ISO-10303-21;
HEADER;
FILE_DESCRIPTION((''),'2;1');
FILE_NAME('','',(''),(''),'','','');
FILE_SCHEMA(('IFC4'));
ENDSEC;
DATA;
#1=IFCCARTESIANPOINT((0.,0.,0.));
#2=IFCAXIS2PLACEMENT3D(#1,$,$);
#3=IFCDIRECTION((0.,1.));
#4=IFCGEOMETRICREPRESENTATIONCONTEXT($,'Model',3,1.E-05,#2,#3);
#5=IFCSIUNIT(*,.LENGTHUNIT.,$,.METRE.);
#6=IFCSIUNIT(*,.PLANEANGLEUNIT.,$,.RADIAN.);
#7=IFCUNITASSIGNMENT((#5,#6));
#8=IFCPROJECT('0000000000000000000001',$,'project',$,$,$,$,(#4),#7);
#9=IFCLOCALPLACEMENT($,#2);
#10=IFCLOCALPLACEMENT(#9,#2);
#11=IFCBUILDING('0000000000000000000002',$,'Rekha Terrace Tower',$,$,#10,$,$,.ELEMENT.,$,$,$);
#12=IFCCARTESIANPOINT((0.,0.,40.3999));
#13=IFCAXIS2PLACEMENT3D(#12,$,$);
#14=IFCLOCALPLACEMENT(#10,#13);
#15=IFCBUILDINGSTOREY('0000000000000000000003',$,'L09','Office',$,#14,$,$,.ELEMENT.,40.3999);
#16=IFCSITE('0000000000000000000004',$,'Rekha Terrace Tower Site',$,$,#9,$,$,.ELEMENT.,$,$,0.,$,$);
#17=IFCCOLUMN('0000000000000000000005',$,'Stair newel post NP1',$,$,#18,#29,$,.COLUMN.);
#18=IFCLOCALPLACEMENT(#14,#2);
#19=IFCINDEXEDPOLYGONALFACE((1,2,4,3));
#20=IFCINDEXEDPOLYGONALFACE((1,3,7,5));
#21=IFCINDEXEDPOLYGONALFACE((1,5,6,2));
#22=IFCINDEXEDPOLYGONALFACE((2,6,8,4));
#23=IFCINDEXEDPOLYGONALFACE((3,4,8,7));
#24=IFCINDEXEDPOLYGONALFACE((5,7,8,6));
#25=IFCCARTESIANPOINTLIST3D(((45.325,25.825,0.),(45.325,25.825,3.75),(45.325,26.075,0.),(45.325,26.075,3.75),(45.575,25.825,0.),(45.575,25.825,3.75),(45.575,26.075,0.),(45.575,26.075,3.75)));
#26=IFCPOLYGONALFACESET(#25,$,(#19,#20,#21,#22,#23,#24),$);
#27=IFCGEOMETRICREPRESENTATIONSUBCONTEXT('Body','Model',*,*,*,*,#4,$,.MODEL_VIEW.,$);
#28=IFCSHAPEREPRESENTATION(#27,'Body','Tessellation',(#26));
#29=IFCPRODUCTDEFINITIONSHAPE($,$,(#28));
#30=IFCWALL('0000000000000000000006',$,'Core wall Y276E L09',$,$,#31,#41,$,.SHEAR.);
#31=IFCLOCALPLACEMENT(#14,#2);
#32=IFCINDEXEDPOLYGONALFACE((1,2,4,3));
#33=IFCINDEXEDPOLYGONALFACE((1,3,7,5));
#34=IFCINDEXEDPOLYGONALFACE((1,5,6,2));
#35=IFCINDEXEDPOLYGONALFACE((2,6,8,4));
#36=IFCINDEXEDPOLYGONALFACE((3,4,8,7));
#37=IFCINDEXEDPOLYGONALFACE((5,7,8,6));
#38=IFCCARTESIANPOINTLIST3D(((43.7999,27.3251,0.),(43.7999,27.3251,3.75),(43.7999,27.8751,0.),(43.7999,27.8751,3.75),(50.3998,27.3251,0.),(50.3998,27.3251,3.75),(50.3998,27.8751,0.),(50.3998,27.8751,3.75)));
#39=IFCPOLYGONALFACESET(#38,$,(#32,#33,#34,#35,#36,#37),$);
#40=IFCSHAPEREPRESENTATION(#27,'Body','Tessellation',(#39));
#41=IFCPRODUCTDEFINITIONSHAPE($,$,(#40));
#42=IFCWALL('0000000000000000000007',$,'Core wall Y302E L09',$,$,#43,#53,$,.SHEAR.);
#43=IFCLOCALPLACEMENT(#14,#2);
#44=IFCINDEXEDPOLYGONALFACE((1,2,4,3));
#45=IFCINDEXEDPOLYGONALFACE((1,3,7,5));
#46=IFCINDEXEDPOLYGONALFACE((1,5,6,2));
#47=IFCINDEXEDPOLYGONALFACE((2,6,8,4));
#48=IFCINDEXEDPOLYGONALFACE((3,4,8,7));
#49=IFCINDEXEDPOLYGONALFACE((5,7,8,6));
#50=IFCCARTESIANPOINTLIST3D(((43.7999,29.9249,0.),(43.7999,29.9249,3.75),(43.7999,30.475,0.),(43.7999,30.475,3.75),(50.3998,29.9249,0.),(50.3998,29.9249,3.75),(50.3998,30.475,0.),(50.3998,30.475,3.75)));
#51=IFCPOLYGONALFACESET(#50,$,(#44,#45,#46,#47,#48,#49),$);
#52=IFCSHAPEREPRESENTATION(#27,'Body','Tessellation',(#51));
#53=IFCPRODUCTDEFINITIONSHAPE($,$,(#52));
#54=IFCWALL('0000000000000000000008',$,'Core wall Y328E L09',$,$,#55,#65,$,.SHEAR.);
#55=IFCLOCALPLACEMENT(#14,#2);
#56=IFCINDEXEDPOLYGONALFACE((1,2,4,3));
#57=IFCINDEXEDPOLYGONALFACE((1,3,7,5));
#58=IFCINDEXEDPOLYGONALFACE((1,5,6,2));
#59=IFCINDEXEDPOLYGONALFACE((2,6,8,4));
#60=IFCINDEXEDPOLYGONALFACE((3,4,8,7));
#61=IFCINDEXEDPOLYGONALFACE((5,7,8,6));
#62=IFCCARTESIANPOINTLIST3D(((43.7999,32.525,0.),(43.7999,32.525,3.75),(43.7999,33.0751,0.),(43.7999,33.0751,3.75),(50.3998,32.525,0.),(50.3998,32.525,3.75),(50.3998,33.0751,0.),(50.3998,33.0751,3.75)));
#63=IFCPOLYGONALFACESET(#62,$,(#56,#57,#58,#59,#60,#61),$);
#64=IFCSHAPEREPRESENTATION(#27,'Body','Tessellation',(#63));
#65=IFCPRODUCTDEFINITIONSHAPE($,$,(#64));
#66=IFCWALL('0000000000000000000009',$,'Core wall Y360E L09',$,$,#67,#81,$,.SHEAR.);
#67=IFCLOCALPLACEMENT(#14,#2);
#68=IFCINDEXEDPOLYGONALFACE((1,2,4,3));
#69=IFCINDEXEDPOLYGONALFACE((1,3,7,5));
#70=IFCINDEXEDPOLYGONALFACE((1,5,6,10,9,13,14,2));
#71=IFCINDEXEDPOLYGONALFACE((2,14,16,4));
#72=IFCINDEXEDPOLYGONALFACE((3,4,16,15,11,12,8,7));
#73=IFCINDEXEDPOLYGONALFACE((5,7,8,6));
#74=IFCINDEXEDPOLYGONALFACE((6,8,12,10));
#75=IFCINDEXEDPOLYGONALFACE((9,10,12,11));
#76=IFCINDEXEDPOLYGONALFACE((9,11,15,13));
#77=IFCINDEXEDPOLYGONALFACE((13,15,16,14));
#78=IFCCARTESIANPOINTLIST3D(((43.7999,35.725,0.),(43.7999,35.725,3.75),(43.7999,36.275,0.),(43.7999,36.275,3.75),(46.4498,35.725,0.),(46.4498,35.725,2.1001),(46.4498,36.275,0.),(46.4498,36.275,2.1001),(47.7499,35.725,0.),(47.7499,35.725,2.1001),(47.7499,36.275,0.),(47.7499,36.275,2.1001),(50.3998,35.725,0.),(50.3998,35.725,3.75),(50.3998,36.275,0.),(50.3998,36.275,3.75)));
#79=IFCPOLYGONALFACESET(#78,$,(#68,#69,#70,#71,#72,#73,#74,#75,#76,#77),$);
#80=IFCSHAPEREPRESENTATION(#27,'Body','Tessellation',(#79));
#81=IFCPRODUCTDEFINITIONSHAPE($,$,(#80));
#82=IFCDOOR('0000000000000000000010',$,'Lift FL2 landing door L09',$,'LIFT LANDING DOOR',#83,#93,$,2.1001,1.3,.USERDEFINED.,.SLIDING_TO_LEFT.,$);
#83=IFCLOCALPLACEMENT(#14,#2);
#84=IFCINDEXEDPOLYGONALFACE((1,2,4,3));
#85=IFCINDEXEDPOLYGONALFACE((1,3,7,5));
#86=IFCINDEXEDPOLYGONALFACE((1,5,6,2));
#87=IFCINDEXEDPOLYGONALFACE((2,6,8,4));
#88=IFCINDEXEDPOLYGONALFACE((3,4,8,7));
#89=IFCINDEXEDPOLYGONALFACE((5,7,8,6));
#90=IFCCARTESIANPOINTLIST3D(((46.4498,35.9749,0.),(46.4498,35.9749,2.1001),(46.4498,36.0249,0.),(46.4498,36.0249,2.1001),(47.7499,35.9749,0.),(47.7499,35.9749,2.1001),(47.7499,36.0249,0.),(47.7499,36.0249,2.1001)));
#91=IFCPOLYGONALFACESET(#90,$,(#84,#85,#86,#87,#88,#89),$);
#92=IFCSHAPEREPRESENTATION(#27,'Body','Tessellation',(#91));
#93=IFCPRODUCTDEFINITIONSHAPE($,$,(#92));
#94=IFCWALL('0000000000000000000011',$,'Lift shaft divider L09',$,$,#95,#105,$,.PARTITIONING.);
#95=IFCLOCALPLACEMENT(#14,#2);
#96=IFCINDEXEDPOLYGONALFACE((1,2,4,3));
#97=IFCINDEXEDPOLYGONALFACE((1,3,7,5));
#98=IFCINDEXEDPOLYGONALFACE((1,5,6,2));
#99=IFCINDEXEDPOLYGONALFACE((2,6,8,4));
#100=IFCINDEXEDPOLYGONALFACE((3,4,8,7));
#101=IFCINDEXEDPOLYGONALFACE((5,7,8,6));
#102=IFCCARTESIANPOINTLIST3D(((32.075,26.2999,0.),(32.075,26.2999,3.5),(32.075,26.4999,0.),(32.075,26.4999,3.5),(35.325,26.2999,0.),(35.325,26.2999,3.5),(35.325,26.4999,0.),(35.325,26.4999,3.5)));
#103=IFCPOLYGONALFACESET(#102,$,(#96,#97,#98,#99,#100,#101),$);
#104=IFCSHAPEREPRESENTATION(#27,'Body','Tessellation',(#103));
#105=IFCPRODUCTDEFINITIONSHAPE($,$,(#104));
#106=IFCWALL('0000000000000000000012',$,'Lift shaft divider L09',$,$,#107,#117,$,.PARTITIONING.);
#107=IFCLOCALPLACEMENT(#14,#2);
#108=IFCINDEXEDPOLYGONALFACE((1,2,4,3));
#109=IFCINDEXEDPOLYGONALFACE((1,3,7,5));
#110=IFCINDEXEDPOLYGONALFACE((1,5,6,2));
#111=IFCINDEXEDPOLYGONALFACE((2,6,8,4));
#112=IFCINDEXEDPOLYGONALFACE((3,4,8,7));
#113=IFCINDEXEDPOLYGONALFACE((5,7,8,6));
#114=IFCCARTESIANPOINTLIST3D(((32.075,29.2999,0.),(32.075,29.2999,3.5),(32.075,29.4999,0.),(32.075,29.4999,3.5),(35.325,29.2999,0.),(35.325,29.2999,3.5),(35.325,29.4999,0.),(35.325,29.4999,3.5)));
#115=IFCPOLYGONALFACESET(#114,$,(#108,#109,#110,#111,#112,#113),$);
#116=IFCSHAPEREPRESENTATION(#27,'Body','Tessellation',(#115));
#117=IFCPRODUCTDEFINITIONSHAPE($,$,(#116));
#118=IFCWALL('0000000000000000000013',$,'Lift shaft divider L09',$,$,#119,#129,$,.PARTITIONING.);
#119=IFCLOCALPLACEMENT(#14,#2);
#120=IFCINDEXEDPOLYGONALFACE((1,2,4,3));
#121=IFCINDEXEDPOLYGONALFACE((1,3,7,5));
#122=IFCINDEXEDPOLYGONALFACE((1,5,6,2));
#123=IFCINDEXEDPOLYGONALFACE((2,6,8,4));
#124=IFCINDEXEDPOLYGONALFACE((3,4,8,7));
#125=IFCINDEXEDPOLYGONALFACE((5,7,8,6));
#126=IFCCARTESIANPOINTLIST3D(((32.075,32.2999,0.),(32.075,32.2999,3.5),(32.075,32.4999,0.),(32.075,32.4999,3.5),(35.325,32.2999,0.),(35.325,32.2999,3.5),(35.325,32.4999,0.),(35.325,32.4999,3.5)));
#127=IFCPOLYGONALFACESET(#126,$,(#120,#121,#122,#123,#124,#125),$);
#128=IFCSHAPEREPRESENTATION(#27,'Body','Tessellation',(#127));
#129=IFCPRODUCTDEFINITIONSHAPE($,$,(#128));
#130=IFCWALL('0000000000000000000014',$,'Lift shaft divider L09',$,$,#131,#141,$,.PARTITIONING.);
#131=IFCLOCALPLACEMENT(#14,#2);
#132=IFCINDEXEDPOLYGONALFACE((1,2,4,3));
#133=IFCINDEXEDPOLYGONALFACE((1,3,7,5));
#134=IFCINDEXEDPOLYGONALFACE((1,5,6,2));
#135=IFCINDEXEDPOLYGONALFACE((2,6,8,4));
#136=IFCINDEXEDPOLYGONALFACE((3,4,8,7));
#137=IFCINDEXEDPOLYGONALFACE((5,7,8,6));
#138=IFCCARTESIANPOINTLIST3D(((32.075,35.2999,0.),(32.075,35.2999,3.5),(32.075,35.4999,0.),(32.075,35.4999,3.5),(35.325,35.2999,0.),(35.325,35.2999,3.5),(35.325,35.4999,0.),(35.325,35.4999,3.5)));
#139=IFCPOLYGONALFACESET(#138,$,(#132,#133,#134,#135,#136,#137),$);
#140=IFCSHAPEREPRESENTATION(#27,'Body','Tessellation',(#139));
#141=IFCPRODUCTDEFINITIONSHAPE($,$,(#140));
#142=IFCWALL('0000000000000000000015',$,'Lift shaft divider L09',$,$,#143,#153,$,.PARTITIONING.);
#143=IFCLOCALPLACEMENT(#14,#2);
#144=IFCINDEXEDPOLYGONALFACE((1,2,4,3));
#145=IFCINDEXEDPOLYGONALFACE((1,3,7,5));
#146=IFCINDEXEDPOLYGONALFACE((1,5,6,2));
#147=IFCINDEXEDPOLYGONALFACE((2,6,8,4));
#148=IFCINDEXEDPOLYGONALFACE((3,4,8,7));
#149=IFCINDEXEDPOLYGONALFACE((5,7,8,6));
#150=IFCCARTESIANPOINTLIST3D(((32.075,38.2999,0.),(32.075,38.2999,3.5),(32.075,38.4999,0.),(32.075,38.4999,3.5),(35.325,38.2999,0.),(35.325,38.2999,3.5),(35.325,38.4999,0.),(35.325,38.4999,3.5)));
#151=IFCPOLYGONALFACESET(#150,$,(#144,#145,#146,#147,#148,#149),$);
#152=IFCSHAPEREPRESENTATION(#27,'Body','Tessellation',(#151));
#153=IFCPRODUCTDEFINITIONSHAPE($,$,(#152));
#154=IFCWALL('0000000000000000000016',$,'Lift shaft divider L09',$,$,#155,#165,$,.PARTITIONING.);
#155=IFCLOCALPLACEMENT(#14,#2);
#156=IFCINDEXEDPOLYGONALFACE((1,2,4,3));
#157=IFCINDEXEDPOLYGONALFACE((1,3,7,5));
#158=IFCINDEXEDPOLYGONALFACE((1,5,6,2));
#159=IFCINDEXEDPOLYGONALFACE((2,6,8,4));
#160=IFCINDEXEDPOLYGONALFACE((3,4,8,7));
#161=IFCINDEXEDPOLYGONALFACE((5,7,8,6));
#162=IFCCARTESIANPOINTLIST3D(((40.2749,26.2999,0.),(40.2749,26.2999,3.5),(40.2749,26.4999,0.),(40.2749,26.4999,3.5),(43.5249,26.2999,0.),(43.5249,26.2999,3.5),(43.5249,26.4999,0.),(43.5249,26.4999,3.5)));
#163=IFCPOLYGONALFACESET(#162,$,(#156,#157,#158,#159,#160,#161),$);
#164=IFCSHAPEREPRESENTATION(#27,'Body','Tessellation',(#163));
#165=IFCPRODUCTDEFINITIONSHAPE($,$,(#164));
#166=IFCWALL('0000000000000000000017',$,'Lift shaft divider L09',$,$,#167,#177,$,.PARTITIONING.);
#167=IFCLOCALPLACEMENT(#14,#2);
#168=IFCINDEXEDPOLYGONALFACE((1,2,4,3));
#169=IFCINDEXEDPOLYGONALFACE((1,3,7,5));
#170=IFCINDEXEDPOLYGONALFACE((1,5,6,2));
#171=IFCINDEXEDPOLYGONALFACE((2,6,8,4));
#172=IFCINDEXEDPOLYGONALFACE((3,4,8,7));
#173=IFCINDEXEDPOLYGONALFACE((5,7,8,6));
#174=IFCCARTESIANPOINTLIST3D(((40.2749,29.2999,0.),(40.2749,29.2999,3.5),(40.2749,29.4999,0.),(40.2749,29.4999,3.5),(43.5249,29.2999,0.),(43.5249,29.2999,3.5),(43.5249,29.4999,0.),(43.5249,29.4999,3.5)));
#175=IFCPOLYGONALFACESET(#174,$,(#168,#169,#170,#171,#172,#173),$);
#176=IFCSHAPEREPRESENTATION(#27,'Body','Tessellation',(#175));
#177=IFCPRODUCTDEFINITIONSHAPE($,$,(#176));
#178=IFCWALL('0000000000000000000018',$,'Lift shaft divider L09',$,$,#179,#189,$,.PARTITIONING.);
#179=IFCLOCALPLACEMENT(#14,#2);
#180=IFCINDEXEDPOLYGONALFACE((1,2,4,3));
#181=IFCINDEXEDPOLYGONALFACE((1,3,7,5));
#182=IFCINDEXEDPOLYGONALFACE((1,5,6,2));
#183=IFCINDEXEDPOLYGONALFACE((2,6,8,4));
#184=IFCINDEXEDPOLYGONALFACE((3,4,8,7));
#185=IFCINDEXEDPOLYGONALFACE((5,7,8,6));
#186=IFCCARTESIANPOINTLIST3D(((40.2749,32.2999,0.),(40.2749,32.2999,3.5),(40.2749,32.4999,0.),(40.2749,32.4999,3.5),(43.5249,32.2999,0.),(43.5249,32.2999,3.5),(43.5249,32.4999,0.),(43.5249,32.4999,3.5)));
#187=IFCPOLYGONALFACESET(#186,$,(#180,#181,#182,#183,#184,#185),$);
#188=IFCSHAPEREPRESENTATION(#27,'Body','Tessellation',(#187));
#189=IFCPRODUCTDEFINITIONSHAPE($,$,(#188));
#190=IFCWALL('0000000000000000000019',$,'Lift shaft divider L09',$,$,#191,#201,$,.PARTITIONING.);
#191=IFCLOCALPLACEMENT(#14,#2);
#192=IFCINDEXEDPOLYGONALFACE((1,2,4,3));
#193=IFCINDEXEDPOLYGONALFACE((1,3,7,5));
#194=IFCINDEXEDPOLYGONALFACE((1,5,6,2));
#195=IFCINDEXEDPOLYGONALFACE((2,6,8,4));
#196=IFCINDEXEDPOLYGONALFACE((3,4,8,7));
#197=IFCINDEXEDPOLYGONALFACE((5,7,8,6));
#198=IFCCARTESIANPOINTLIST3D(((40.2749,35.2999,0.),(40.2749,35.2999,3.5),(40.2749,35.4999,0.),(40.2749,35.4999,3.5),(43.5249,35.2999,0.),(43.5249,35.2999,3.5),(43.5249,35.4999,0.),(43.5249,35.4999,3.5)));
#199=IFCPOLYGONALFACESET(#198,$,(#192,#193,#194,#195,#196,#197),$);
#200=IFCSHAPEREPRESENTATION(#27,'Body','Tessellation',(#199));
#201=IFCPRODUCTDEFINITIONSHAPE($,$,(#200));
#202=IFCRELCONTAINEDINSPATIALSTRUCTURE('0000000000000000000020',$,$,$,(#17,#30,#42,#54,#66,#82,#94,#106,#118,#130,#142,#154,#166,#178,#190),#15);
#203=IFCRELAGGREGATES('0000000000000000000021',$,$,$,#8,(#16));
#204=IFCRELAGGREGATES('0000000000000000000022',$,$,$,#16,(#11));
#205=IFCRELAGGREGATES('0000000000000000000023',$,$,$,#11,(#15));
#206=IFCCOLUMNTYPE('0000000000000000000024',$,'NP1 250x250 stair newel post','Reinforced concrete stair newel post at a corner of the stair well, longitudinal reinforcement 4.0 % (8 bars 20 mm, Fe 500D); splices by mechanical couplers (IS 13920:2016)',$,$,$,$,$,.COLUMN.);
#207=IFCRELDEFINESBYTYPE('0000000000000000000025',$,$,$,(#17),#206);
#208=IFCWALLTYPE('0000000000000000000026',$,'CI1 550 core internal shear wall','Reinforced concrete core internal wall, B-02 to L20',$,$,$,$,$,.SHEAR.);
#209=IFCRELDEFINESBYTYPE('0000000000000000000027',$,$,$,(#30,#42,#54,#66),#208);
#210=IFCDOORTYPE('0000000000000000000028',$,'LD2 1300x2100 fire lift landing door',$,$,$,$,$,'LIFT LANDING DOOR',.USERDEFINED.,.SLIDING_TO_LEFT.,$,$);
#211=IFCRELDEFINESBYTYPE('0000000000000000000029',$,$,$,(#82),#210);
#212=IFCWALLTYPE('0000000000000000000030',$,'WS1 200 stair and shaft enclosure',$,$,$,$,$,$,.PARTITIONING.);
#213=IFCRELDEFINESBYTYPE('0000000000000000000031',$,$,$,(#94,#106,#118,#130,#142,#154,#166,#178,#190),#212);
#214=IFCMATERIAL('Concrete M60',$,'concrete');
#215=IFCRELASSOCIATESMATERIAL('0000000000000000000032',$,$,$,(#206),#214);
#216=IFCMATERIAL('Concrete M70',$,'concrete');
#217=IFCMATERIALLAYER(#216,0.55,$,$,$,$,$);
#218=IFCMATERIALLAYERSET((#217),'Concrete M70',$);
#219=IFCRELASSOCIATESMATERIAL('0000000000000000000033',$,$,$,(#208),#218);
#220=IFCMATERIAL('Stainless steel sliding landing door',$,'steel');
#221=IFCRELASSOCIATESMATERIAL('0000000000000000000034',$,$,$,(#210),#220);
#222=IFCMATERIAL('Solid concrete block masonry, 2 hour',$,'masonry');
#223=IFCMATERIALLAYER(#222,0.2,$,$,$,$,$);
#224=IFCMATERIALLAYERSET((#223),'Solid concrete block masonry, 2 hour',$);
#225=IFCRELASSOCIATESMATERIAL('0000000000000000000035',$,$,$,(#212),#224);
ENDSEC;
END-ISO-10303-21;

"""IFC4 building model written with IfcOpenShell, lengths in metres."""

from ifc_helpers import new_model, si_unit, direction, frame, frame_2d, origin, origin_2d, place, context, subcontext, project, spatial, rectangle, extrude, material, layer, layer_set, material_profile, profile_set, type_object, element, fill, save


model = new_model("IFC4")

# Units and contexts
model_context = context("Model", 3, precision=1e-05, world=origin(), true_north=direction((0.0, 1.0)))
body_context = subcontext(model_context, "Body", "Model", "MODEL_VIEW")
ifc_project = project(units=[si_unit("LENGTHUNIT", "METRE"), si_unit("PLANEANGLEUNIT", "RADIAN")], contexts=[model_context])

# Site, building, storey
site_placement = place(None, origin())
site = spatial("IfcSite", under=ifc_project, at=site_placement, Name="Rekha Terrace Tower Site", CompositionType="ELEMENT", RefElevation=0.0)
building_placement = place(site_placement, origin())
building = spatial("IfcBuilding", under=site, at=building_placement, Name="Rekha Terrace Tower", CompositionType="ELEMENT")
storey_placement = place(building_placement, frame((0.0, 0.0, 40.3999)))
storey = spatial("IfcBuildingStorey", under=building, at=storey_placement, Name="L09", Description="Office", CompositionType="ELEMENT", Elevation=40.3999)

# Column
ifc_material_1 = material(Name="Concrete M60", Category="concrete")
ifc_material_profile = material_profile(ifc_material_1, rectangle(XDim=0.25, YDim=0.25, at=origin_2d()), Name="RC 250x250")
ifc_profile_set = profile_set([ifc_material_profile], Name="Concrete M60")
column_type = type_object("IfcColumnType", Name="NP1 250x250 stair newel post", Description="Reinforced concrete stair newel post at a corner of the stair well, longitudinal reinforcement 4.0 % (8 bars 20 mm, Fe 500D); splices by mechanical couplers (IS 13920:2016)", PredefinedType="COLUMN", material=ifc_profile_set)
column_placement = place(storey_placement, frame((45.45, 25.95, 0.0), z_axis=(0.0, 0.0, 1.0), x_axis=(1.0, 0.0, 0.0)))
element("IfcColumn", 1, at=column_placement, inside=storey, type_object=column_type, Name="Stair newel post NP1", PredefinedType="COLUMN", context=body_context, shape_type="SweptSolid", body=[
    extrude(rectangle(XDim=0.25, YDim=0.25, at=origin_2d()), origin(), (0.0, 0.0, 1.0), 3.75),
])

# Walls
ifc_material_2 = material(Name="Concrete M70", Category="concrete")
ifc_layer_1 = layer(ifc_material_2, 0.55)
ifc_layer_set_1 = layer_set([ifc_layer_1], Name="Concrete M70")
wall_type_1 = type_object("IfcWallType", Name="CI1 550 core internal shear wall", Description="Reinforced concrete core internal wall, B-02 to L20", PredefinedType="SHEAR", material=ifc_layer_set_1)
for number, where, z_axis, x_axis, name in (
    (2, (43.8, 27.6001, 0.0), (0.0, 0.0, 1.0), (1.0, 0.0, 0.0), "Core wall Y276E L09"),
    (3, (43.8, 30.2, 0.0), (0.0, 0.0, 1.0), (1.0, 0.0, 0.0), "Core wall Y302E L09"),
    (4, (43.8, 32.8, 0.0), (0.0, 0.0, 1.0), (1.0, 0.0, 0.0), "Core wall Y328E L09"),
):
    element("IfcWall", number, at=place(storey_placement, frame(where, z_axis=z_axis, x_axis=x_axis)), inside=storey, type_object=wall_type_1, Name=name, PredefinedType="SHEAR", context=body_context, shape_type="SweptSolid", body=[
        extrude(rectangle(XDim=6.5999, YDim=0.55, at=frame_2d((3.2998, 0.0))), origin(), (0.0, 0.0, 1.0), 3.75),
    ])

# Wall, opening, door
wall_placement = place(storey_placement, frame((43.8, 36.0, 0.0), z_axis=(0.0, 0.0, 1.0), x_axis=(1.0, 0.0, 0.0)))
wall = element("IfcWall", 5, at=wall_placement, inside=storey, type_object=wall_type_1, Name="Core wall Y360E L09", PredefinedType="SHEAR", context=body_context, shape_type="SweptSolid", body=[
    extrude(rectangle(XDim=6.5999, YDim=0.55, at=frame_2d((3.2998, 0.0))), origin(), (0.0, 0.0, 1.0), 3.75),
])
opening_placement = place(wall_placement, frame((2.6499, 0.0, 0.0)))
opening = element("IfcOpeningElement", 6, at=opening_placement, cuts=wall, PredefinedType="OPENING", context=body_context, shape_type="SweptSolid", body=[
    extrude(rectangle(XDim=1.3, YDim=2.1001, at=frame_2d((0.6499, 1.05))), frame((0.0, 0.2849, 0.0), z_axis=(0.0, -1.0, 0.0), x_axis=(1.0, 0.0, 0.0)), (0.0, 0.0, 1.0), 0.5701),
])
ifc_material_3 = material(Name="Stainless steel sliding landing door", Category="steel")
door_type = type_object("IfcDoorType", Name="LD2 1300x2100 fire lift landing door", ElementType="LIFT LANDING DOOR", OperationType="SLIDING_TO_LEFT", PredefinedType="USERDEFINED", material=ifc_material_3)
door_placement = place(opening_placement, origin())
door = element("IfcDoor", 7, at=door_placement, inside=storey, type_object=door_type, Name="Lift FL2 landing door L09", ObjectType="LIFT LANDING DOOR", OperationType="SLIDING_TO_LEFT", OverallHeight=2.1001, OverallWidth=1.3, PredefinedType="USERDEFINED", context=body_context, shape_type="SweptSolid", body=[
    extrude(rectangle(XDim=1.3, YDim=2.1001, at=frame_2d((0.6499, 1.05))), frame((0.0, 0.0249, 0.0), z_axis=(0.0, -1.0, 0.0), x_axis=(1.0, 0.0, 0.0)), (0.0, 0.0, 1.0), 0.05),
])
fill(opening, door)

# Walls
ifc_material_4 = material(Name="Solid concrete block masonry, 2 hour", Category="masonry")
ifc_layer_2 = layer(ifc_material_4, 0.2)
ifc_layer_set_2 = layer_set([ifc_layer_2], Name="Solid concrete block masonry, 2 hour")
wall_type_2 = type_object("IfcWallType", Name="WS1 200 stair and shaft enclosure", PredefinedType="PARTITIONING", material=ifc_layer_set_2)
for number, where, z_axis, x_axis, name in (
    (8, (32.075, 26.3999, 0.0), (0.0, 0.0, 1.0), (1.0, 0.0, 0.0), "Lift shaft divider L09"),
    (9, (32.075, 29.3999, 0.0), (0.0, 0.0, 1.0), (1.0, 0.0, 0.0), "Lift shaft divider L09"),
    (10, (32.075, 32.3999, 0.0), (0.0, 0.0, 1.0), (1.0, 0.0, 0.0), "Lift shaft divider L09"),
    (11, (32.075, 35.3999, 0.0), (0.0, 0.0, 1.0), (1.0, 0.0, 0.0), "Lift shaft divider L09"),
    (12, (32.075, 38.3999, 0.0), (0.0, 0.0, 1.0), (1.0, 0.0, 0.0), "Lift shaft divider L09"),
    (13, (40.2749, 26.3999, 0.0), (0.0, 0.0, 1.0), (1.0, 0.0, 0.0), "Lift shaft divider L09"),
    (14, (40.2749, 29.3999, 0.0), (0.0, 0.0, 1.0), (1.0, 0.0, 0.0), "Lift shaft divider L09"),
    (15, (40.2749, 32.3999, 0.0), (0.0, 0.0, 1.0), (1.0, 0.0, 0.0), "Lift shaft divider L09"),
    (16, (40.2749, 35.3999, 0.0), (0.0, 0.0, 1.0), (1.0, 0.0, 0.0), "Lift shaft divider L09"),
):
    element("IfcWall", number, at=place(storey_placement, frame(where, z_axis=z_axis, x_axis=x_axis)), inside=storey, type_object=wall_type_2, Name=name, PredefinedType="PARTITIONING", context=body_context, shape_type="SweptSolid", body=[
        extrude(rectangle(XDim=3.25, YDim=0.2, at=frame_2d((1.625, 0.0))), origin(), (0.0, 0.0, 1.0), 3.5),
    ])

save(model, "model.ifc")
